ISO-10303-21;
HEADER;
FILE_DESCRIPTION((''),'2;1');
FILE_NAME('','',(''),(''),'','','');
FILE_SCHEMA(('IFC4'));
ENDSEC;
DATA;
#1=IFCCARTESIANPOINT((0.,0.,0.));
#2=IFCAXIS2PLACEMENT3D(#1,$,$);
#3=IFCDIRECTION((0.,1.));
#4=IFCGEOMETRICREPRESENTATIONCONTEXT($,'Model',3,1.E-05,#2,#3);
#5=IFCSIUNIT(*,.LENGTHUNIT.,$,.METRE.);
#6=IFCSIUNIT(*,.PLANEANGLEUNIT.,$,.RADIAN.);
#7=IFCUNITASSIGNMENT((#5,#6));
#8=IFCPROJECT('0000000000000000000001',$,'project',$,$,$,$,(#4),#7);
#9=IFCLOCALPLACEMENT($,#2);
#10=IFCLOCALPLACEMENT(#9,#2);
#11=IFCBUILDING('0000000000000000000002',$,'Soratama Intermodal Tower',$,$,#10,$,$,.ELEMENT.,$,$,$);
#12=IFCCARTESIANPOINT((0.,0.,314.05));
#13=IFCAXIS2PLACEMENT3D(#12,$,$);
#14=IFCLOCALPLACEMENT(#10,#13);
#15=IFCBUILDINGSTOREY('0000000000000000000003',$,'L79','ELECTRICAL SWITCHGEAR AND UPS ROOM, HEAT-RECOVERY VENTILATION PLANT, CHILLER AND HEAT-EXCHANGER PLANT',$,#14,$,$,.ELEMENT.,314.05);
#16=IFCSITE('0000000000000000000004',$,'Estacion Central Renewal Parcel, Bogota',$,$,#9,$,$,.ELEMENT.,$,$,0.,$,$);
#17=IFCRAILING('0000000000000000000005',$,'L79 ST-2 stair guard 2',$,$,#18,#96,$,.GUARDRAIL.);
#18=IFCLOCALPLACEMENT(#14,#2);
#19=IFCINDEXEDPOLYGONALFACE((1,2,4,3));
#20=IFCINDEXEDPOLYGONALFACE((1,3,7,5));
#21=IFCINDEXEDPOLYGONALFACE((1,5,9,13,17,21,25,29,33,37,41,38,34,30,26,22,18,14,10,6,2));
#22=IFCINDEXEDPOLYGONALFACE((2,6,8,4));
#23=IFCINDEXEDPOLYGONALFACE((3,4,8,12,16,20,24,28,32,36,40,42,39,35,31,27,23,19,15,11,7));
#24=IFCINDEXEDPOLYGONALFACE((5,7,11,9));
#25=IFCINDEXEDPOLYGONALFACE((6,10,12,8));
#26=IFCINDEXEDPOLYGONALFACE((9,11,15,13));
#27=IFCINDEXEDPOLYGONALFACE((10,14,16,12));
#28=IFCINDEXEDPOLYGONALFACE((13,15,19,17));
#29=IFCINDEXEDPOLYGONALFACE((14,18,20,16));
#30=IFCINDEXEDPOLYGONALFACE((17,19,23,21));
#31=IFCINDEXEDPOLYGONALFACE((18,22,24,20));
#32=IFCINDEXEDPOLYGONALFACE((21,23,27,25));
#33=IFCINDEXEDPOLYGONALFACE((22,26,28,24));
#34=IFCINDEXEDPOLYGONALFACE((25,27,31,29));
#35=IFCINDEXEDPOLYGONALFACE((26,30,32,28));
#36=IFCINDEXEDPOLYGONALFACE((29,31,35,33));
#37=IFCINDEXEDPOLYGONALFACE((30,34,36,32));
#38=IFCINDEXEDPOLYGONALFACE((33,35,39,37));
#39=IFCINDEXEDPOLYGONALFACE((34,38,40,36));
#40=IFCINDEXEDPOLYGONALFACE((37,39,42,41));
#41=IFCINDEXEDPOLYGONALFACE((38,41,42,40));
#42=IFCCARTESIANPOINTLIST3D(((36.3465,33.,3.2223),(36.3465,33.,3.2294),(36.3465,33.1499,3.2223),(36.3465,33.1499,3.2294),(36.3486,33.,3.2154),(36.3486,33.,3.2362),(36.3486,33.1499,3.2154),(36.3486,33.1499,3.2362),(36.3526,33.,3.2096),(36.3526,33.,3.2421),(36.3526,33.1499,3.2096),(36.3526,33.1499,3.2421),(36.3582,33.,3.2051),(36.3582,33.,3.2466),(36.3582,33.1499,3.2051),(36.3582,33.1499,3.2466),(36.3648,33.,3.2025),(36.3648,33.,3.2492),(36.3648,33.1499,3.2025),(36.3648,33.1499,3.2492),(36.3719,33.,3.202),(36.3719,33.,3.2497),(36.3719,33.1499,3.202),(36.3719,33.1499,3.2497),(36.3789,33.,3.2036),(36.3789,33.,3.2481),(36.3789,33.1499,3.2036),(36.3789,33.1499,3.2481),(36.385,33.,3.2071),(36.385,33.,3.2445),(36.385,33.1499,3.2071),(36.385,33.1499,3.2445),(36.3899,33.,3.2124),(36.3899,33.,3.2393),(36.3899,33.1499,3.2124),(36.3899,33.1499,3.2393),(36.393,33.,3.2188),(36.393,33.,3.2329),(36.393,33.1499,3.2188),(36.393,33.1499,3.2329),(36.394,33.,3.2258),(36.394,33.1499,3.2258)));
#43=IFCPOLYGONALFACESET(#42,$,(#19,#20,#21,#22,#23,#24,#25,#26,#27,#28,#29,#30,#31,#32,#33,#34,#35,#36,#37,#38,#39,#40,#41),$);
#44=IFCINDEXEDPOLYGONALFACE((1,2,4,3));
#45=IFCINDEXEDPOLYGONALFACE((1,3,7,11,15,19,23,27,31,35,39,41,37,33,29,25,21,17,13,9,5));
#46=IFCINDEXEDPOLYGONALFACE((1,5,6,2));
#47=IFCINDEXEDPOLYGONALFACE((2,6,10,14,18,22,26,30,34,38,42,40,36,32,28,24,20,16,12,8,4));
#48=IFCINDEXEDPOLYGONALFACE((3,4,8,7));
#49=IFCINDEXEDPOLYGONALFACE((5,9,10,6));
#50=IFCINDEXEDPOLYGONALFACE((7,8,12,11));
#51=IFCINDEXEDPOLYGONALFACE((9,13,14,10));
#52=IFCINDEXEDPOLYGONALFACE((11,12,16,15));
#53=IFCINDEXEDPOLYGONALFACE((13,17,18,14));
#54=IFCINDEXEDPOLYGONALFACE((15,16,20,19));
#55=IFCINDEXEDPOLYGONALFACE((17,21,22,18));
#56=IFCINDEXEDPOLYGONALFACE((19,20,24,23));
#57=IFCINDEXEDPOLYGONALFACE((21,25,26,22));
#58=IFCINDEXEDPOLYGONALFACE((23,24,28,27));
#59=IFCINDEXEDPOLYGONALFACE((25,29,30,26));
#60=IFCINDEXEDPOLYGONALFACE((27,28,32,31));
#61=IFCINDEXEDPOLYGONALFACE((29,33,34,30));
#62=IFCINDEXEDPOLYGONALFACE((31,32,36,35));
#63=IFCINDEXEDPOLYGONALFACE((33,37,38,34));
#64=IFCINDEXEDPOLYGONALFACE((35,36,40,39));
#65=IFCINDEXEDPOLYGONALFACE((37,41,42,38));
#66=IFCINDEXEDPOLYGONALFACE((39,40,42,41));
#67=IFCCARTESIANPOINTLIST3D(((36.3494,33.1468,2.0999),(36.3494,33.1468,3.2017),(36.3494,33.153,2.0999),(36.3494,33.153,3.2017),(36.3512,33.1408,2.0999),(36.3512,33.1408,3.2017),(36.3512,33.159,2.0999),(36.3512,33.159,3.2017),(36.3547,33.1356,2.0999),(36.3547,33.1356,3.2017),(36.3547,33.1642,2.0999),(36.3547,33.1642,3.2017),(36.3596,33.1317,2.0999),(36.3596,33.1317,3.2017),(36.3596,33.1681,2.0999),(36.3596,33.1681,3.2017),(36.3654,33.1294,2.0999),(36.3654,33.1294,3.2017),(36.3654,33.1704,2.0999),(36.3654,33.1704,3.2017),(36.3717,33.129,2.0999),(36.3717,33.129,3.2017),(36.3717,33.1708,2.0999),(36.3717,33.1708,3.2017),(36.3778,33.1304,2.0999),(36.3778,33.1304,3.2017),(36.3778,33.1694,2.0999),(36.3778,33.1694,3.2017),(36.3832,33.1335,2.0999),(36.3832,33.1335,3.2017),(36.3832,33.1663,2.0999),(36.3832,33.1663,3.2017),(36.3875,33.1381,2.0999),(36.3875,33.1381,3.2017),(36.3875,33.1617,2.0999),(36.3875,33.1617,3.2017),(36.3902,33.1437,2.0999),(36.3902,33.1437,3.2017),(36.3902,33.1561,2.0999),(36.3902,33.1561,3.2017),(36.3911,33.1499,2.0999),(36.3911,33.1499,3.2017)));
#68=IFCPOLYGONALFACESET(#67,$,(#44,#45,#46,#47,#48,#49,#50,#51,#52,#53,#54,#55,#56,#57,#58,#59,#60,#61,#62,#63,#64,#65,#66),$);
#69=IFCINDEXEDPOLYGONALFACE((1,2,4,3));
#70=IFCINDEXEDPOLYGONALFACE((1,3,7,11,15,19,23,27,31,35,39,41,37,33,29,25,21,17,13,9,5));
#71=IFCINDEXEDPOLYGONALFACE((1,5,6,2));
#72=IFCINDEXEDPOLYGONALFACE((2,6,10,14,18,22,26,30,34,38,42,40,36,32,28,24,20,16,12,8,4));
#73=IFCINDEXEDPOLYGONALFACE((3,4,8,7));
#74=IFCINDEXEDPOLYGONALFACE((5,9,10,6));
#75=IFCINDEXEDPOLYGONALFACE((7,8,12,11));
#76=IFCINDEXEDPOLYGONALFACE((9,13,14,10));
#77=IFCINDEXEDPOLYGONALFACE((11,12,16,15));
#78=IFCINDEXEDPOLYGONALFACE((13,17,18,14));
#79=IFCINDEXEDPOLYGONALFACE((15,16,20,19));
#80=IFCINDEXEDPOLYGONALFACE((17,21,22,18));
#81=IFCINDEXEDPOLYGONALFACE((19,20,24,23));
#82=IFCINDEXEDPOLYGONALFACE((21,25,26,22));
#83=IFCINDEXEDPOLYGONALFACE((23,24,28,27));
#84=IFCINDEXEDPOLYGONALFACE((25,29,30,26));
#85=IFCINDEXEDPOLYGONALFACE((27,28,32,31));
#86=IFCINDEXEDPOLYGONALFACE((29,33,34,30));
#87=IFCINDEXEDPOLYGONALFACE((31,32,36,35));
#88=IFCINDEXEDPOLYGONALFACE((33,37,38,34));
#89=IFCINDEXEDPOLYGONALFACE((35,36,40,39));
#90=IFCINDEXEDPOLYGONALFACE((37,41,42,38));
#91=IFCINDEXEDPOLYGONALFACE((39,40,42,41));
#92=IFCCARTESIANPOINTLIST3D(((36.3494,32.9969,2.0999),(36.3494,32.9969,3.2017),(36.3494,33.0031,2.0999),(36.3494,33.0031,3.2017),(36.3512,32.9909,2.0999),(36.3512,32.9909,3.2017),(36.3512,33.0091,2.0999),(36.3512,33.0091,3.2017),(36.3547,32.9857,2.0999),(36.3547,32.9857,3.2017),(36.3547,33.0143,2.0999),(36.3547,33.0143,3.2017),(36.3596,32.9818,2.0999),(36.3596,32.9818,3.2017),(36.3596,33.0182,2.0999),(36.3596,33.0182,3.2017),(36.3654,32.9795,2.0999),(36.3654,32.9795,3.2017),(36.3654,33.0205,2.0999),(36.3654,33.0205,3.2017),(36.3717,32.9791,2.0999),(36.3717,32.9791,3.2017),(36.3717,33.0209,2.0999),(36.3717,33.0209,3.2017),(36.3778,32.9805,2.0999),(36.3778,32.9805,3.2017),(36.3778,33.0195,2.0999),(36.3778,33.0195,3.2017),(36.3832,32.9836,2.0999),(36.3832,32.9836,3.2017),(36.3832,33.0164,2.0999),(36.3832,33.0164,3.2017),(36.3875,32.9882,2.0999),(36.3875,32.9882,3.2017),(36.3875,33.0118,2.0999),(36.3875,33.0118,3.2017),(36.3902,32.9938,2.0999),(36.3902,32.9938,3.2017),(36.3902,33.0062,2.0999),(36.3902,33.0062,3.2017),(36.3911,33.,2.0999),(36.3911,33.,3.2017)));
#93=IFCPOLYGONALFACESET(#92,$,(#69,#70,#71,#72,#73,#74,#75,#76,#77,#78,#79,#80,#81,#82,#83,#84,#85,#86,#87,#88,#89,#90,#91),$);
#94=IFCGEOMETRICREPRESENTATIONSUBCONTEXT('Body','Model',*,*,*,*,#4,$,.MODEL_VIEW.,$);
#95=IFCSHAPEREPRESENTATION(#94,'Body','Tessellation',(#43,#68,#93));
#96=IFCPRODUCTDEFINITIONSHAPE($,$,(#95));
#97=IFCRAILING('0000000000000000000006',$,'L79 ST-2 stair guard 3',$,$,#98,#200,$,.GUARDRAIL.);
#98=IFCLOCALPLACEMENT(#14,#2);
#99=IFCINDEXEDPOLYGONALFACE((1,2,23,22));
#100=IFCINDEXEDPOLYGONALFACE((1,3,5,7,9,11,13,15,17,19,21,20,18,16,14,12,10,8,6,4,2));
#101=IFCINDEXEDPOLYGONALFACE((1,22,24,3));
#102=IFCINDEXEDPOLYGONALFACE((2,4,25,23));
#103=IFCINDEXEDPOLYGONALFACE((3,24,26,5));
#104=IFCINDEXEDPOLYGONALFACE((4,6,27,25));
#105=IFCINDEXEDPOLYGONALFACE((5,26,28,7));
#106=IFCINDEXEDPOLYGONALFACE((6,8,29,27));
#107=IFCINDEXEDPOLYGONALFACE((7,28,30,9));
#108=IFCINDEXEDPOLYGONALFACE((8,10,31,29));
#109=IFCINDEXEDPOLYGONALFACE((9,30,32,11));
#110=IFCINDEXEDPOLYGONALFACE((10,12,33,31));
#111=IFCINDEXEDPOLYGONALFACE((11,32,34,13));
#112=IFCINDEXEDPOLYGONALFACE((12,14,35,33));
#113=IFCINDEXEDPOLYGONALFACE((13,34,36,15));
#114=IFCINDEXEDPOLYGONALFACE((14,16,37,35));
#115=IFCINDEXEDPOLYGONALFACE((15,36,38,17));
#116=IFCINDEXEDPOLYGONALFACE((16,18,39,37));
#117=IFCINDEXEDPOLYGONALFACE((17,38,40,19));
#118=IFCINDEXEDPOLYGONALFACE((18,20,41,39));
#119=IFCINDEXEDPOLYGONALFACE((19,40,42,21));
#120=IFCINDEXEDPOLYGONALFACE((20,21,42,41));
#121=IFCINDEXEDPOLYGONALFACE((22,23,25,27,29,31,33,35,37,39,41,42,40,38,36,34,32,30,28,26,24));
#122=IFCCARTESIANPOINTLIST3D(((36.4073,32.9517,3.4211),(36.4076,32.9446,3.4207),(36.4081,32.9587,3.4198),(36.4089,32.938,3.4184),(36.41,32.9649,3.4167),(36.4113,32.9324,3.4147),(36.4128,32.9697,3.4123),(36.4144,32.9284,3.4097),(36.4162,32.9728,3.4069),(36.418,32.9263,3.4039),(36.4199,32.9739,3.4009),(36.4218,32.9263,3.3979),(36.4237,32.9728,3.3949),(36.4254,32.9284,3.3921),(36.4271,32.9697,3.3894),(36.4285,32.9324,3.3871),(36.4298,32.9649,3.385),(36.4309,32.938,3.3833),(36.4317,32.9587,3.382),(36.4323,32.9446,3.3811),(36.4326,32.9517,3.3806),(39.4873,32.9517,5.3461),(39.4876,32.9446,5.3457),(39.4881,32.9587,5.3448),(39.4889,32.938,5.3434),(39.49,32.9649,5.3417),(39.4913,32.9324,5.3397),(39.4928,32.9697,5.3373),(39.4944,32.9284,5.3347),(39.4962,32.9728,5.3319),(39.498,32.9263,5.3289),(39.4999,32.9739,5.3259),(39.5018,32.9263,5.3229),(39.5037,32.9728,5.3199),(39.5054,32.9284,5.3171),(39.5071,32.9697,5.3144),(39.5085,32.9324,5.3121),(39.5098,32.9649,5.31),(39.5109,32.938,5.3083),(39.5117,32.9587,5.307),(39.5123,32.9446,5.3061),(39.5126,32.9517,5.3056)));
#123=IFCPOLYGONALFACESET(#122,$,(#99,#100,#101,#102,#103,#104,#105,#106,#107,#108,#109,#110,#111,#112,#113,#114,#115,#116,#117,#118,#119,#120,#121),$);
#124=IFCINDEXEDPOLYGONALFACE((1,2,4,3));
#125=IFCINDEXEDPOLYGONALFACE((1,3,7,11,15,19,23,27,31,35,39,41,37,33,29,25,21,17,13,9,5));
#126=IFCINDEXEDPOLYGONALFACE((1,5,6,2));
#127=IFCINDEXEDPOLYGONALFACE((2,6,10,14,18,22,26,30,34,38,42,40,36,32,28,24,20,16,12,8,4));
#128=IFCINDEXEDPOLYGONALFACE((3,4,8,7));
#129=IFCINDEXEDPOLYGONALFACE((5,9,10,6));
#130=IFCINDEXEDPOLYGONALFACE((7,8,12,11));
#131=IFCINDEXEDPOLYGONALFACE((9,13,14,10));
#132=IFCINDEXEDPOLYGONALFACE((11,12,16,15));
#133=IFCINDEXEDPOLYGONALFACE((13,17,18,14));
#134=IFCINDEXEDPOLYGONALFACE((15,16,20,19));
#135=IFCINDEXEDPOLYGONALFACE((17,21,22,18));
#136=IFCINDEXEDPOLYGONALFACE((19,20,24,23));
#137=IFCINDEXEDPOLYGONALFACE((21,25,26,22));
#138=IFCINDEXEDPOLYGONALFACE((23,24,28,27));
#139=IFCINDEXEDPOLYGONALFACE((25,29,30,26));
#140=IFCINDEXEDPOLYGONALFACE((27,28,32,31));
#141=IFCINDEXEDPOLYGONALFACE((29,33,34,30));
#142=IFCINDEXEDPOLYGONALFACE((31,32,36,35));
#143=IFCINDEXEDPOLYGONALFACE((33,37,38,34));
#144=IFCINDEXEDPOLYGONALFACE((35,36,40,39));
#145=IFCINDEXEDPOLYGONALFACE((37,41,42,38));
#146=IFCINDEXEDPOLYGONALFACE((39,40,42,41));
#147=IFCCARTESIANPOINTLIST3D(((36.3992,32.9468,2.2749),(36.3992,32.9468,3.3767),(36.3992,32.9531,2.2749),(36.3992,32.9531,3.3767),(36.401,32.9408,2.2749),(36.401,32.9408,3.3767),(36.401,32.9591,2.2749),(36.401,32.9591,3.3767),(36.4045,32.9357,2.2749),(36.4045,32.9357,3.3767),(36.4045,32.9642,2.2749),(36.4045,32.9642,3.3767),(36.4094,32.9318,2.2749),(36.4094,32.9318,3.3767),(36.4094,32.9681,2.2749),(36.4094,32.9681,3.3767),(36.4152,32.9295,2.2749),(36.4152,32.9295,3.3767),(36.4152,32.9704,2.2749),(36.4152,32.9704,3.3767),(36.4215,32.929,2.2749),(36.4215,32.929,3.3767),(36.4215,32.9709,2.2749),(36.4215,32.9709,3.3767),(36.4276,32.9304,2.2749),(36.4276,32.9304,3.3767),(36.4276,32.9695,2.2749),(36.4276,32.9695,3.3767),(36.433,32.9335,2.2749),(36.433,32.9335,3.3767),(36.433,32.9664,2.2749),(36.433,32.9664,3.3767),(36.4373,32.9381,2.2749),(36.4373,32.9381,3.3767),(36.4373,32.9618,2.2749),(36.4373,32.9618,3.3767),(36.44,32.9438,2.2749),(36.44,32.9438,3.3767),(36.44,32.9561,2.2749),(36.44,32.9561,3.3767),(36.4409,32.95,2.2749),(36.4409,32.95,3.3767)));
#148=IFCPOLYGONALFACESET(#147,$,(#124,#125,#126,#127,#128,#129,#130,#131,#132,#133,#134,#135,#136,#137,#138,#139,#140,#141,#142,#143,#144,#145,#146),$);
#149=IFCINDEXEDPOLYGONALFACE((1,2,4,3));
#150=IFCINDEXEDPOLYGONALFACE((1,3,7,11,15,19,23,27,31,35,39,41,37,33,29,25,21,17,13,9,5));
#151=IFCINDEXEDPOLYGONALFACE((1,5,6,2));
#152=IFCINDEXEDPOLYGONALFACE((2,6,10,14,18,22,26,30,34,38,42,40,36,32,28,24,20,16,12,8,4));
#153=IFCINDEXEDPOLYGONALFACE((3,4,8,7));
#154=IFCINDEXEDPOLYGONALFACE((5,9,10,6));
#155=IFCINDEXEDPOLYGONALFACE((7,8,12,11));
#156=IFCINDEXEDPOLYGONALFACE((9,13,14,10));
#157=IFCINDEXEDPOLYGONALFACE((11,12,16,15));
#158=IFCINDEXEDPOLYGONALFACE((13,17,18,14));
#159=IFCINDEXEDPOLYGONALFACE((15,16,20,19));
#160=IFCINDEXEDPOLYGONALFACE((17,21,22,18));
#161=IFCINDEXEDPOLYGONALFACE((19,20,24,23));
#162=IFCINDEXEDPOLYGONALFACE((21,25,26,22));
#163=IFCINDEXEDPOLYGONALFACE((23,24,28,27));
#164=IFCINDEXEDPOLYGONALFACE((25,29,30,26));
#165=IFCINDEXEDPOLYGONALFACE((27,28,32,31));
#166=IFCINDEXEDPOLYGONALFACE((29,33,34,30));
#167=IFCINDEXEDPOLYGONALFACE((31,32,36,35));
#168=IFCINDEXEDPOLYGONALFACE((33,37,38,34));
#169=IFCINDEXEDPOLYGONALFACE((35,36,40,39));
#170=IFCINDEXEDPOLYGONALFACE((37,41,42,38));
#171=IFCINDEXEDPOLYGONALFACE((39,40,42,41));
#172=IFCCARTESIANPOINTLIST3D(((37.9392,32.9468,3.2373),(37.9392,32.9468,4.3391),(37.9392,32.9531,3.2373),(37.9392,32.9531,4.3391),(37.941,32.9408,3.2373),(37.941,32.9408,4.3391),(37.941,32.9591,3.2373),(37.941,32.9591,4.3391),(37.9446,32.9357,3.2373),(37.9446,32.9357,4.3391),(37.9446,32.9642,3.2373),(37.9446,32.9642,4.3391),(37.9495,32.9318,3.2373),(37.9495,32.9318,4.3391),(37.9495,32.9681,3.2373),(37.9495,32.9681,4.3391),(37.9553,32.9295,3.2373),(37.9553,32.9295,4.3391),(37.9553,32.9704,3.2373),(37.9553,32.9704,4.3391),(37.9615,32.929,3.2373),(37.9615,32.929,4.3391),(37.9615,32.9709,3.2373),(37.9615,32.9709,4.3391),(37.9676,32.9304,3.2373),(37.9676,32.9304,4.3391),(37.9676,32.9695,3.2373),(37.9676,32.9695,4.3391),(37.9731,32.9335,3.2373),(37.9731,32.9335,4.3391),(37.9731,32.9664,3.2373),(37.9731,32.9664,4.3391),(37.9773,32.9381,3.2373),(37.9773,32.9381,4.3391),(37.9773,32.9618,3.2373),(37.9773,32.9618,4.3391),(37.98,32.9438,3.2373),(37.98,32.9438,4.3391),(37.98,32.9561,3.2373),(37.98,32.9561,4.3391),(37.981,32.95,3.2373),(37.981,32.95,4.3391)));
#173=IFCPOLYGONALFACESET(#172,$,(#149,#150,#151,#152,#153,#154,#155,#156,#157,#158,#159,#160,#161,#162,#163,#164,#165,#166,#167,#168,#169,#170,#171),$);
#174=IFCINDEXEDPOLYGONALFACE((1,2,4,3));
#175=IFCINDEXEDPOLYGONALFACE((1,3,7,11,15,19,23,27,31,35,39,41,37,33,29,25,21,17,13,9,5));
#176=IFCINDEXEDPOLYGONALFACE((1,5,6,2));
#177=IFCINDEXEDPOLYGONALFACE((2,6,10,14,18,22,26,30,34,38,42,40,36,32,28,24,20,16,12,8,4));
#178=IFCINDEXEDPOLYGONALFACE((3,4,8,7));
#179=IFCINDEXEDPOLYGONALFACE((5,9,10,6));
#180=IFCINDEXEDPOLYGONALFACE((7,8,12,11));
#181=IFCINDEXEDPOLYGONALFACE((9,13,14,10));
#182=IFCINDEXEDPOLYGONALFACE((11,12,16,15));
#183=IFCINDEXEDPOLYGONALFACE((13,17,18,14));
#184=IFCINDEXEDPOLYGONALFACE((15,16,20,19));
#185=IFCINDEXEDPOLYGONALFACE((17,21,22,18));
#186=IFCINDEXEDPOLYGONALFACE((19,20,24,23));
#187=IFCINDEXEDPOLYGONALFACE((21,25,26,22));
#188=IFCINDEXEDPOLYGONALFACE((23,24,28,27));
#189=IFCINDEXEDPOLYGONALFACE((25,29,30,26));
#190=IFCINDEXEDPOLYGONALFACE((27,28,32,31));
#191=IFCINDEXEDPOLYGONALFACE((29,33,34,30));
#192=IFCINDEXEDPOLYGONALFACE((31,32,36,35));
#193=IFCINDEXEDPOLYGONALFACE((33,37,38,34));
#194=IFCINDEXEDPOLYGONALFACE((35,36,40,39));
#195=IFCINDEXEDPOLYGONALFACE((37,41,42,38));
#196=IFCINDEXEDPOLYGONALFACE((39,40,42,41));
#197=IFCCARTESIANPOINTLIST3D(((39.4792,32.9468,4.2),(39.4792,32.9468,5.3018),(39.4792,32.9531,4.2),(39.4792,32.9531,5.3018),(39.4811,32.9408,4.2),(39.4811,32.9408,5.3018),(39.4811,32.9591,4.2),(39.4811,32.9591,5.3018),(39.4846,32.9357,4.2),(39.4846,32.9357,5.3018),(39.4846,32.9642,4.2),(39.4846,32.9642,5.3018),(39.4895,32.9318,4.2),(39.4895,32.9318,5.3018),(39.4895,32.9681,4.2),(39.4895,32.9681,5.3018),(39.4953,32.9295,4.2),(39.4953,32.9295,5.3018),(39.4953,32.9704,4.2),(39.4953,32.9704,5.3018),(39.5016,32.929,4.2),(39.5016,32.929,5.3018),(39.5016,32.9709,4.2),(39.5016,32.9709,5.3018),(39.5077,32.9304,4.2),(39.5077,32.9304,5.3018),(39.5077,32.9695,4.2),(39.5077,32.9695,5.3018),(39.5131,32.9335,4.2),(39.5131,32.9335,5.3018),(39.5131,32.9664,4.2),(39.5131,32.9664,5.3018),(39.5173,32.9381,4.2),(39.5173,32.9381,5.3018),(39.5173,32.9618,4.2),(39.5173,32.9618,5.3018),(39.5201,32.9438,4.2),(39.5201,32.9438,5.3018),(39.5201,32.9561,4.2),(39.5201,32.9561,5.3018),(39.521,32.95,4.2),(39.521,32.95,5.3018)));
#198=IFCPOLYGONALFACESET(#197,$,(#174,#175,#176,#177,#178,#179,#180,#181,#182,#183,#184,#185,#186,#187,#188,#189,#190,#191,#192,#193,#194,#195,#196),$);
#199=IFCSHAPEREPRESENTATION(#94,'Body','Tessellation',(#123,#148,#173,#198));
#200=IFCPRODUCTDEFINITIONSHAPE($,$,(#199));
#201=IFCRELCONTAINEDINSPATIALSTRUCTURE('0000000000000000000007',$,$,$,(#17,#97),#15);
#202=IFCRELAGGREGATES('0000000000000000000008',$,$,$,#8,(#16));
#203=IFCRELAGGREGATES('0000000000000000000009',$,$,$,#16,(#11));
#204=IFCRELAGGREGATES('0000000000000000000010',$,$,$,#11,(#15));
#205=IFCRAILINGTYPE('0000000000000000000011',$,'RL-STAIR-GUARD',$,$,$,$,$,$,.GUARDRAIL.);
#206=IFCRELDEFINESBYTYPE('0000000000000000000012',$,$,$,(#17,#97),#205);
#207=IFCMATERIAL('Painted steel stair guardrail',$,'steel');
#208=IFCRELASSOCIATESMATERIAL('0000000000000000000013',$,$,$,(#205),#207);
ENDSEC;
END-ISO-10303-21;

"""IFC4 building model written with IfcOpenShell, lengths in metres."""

from ifc_helpers import new_model, si_unit, direction, frame, origin, origin_2d, place, context, subcontext, project, spatial, circle, extrude, material, type_object, element, save


model = new_model("IFC4")

# Units and contexts
model_context = context("Model", 3, precision=1e-05, world=origin(), true_north=direction((0.0, 1.0)))
body_context = subcontext(model_context, "Body", "Model", "MODEL_VIEW")
ifc_project = project(units=[si_unit("LENGTHUNIT", "METRE"), si_unit("PLANEANGLEUNIT", "RADIAN")], contexts=[model_context])

# Site, building, storey
site_placement = place(None, origin())
site = spatial("IfcSite", under=ifc_project, at=site_placement, Name="Estacion Central Renewal Parcel, Bogota", CompositionType="ELEMENT", RefElevation=0.0)
building_placement = place(site_placement, origin())
building = spatial("IfcBuilding", under=site, at=building_placement, Name="Soratama Intermodal Tower", CompositionType="ELEMENT")
storey_placement = place(building_placement, frame((0.0, 0.0, 314.05)))
storey = spatial("IfcBuildingStorey", under=building, at=storey_placement, Name="L79", Description="ELECTRICAL SWITCHGEAR AND UPS ROOM, HEAT-RECOVERY VENTILATION PLANT, CHILLER AND HEAT-EXCHANGER PLANT", CompositionType="ELEMENT", Elevation=314.05)

# Railings
ifc_material_1 = material(Name="Painted steel stair guardrail", Category="steel")
railing_type_1 = type_object("IfcRailingType", Name="RL-STAIR-GUARD", PredefinedType="GUARDRAIL", material=ifc_material_1)
railing_1_placement = place(storey_placement, frame((36.3701, 33.1499, 2.0999)))
element("IfcRailing", 1, at=railing_1_placement, inside=storey, type_object=railing_type_1, Name="L79 ST-2 stair guard 2", PredefinedType="GUARDRAIL", context=body_context, shape_type="SweptSolid", body=[
    extrude(circle(Radius=0.0239, at=origin_2d()), frame((0.0, 0.0, 1.126), z_axis=(0.0, -1.0, 0.0), x_axis=(1.0, 0.0, 0.0)), (0.0, 0.0, 1.0), 0.1499),
    extrude(circle(Radius=0.021, at=origin_2d()), origin(), (0.0, 0.0, 1.0), 1.1018),
    extrude(circle(Radius=0.021, at=origin_2d()), frame((0.0, -0.1499, 0.0)), (0.0, 0.0, 1.0), 1.1018),
])
railing_2_placement = place(storey_placement, frame((36.4199, 32.95, 2.2749)))
element("IfcRailing", 2, at=railing_2_placement, inside=storey, type_object=railing_type_1, Name="L79 ST-2 stair guard 3", PredefinedType="GUARDRAIL", context=body_context, shape_type="SweptSolid", body=[
    extrude(circle(Radius=0.0239, at=origin_2d()), frame((0.0, 0.0, 1.126), z_axis=(0.847998, 0.0, 0.529999), x_axis=(0.0, 1.0, 0.0)), (0.0, 0.0, 1.0), 3.6321),
    extrude(circle(Radius=0.021, at=origin_2d()), origin(), (0.0, 0.0, 1.0), 1.1018),
    extrude(circle(Radius=0.021, at=origin_2d()), frame((1.54, 0.0, 0.9624)), (0.0, 0.0, 1.0), 1.1018),
    extrude(circle(Radius=0.021, at=origin_2d()), frame((3.0801, 0.0, 1.925)), (0.0, 0.0, 1.0), 1.1018),
])

save(model, "model.ifc")
